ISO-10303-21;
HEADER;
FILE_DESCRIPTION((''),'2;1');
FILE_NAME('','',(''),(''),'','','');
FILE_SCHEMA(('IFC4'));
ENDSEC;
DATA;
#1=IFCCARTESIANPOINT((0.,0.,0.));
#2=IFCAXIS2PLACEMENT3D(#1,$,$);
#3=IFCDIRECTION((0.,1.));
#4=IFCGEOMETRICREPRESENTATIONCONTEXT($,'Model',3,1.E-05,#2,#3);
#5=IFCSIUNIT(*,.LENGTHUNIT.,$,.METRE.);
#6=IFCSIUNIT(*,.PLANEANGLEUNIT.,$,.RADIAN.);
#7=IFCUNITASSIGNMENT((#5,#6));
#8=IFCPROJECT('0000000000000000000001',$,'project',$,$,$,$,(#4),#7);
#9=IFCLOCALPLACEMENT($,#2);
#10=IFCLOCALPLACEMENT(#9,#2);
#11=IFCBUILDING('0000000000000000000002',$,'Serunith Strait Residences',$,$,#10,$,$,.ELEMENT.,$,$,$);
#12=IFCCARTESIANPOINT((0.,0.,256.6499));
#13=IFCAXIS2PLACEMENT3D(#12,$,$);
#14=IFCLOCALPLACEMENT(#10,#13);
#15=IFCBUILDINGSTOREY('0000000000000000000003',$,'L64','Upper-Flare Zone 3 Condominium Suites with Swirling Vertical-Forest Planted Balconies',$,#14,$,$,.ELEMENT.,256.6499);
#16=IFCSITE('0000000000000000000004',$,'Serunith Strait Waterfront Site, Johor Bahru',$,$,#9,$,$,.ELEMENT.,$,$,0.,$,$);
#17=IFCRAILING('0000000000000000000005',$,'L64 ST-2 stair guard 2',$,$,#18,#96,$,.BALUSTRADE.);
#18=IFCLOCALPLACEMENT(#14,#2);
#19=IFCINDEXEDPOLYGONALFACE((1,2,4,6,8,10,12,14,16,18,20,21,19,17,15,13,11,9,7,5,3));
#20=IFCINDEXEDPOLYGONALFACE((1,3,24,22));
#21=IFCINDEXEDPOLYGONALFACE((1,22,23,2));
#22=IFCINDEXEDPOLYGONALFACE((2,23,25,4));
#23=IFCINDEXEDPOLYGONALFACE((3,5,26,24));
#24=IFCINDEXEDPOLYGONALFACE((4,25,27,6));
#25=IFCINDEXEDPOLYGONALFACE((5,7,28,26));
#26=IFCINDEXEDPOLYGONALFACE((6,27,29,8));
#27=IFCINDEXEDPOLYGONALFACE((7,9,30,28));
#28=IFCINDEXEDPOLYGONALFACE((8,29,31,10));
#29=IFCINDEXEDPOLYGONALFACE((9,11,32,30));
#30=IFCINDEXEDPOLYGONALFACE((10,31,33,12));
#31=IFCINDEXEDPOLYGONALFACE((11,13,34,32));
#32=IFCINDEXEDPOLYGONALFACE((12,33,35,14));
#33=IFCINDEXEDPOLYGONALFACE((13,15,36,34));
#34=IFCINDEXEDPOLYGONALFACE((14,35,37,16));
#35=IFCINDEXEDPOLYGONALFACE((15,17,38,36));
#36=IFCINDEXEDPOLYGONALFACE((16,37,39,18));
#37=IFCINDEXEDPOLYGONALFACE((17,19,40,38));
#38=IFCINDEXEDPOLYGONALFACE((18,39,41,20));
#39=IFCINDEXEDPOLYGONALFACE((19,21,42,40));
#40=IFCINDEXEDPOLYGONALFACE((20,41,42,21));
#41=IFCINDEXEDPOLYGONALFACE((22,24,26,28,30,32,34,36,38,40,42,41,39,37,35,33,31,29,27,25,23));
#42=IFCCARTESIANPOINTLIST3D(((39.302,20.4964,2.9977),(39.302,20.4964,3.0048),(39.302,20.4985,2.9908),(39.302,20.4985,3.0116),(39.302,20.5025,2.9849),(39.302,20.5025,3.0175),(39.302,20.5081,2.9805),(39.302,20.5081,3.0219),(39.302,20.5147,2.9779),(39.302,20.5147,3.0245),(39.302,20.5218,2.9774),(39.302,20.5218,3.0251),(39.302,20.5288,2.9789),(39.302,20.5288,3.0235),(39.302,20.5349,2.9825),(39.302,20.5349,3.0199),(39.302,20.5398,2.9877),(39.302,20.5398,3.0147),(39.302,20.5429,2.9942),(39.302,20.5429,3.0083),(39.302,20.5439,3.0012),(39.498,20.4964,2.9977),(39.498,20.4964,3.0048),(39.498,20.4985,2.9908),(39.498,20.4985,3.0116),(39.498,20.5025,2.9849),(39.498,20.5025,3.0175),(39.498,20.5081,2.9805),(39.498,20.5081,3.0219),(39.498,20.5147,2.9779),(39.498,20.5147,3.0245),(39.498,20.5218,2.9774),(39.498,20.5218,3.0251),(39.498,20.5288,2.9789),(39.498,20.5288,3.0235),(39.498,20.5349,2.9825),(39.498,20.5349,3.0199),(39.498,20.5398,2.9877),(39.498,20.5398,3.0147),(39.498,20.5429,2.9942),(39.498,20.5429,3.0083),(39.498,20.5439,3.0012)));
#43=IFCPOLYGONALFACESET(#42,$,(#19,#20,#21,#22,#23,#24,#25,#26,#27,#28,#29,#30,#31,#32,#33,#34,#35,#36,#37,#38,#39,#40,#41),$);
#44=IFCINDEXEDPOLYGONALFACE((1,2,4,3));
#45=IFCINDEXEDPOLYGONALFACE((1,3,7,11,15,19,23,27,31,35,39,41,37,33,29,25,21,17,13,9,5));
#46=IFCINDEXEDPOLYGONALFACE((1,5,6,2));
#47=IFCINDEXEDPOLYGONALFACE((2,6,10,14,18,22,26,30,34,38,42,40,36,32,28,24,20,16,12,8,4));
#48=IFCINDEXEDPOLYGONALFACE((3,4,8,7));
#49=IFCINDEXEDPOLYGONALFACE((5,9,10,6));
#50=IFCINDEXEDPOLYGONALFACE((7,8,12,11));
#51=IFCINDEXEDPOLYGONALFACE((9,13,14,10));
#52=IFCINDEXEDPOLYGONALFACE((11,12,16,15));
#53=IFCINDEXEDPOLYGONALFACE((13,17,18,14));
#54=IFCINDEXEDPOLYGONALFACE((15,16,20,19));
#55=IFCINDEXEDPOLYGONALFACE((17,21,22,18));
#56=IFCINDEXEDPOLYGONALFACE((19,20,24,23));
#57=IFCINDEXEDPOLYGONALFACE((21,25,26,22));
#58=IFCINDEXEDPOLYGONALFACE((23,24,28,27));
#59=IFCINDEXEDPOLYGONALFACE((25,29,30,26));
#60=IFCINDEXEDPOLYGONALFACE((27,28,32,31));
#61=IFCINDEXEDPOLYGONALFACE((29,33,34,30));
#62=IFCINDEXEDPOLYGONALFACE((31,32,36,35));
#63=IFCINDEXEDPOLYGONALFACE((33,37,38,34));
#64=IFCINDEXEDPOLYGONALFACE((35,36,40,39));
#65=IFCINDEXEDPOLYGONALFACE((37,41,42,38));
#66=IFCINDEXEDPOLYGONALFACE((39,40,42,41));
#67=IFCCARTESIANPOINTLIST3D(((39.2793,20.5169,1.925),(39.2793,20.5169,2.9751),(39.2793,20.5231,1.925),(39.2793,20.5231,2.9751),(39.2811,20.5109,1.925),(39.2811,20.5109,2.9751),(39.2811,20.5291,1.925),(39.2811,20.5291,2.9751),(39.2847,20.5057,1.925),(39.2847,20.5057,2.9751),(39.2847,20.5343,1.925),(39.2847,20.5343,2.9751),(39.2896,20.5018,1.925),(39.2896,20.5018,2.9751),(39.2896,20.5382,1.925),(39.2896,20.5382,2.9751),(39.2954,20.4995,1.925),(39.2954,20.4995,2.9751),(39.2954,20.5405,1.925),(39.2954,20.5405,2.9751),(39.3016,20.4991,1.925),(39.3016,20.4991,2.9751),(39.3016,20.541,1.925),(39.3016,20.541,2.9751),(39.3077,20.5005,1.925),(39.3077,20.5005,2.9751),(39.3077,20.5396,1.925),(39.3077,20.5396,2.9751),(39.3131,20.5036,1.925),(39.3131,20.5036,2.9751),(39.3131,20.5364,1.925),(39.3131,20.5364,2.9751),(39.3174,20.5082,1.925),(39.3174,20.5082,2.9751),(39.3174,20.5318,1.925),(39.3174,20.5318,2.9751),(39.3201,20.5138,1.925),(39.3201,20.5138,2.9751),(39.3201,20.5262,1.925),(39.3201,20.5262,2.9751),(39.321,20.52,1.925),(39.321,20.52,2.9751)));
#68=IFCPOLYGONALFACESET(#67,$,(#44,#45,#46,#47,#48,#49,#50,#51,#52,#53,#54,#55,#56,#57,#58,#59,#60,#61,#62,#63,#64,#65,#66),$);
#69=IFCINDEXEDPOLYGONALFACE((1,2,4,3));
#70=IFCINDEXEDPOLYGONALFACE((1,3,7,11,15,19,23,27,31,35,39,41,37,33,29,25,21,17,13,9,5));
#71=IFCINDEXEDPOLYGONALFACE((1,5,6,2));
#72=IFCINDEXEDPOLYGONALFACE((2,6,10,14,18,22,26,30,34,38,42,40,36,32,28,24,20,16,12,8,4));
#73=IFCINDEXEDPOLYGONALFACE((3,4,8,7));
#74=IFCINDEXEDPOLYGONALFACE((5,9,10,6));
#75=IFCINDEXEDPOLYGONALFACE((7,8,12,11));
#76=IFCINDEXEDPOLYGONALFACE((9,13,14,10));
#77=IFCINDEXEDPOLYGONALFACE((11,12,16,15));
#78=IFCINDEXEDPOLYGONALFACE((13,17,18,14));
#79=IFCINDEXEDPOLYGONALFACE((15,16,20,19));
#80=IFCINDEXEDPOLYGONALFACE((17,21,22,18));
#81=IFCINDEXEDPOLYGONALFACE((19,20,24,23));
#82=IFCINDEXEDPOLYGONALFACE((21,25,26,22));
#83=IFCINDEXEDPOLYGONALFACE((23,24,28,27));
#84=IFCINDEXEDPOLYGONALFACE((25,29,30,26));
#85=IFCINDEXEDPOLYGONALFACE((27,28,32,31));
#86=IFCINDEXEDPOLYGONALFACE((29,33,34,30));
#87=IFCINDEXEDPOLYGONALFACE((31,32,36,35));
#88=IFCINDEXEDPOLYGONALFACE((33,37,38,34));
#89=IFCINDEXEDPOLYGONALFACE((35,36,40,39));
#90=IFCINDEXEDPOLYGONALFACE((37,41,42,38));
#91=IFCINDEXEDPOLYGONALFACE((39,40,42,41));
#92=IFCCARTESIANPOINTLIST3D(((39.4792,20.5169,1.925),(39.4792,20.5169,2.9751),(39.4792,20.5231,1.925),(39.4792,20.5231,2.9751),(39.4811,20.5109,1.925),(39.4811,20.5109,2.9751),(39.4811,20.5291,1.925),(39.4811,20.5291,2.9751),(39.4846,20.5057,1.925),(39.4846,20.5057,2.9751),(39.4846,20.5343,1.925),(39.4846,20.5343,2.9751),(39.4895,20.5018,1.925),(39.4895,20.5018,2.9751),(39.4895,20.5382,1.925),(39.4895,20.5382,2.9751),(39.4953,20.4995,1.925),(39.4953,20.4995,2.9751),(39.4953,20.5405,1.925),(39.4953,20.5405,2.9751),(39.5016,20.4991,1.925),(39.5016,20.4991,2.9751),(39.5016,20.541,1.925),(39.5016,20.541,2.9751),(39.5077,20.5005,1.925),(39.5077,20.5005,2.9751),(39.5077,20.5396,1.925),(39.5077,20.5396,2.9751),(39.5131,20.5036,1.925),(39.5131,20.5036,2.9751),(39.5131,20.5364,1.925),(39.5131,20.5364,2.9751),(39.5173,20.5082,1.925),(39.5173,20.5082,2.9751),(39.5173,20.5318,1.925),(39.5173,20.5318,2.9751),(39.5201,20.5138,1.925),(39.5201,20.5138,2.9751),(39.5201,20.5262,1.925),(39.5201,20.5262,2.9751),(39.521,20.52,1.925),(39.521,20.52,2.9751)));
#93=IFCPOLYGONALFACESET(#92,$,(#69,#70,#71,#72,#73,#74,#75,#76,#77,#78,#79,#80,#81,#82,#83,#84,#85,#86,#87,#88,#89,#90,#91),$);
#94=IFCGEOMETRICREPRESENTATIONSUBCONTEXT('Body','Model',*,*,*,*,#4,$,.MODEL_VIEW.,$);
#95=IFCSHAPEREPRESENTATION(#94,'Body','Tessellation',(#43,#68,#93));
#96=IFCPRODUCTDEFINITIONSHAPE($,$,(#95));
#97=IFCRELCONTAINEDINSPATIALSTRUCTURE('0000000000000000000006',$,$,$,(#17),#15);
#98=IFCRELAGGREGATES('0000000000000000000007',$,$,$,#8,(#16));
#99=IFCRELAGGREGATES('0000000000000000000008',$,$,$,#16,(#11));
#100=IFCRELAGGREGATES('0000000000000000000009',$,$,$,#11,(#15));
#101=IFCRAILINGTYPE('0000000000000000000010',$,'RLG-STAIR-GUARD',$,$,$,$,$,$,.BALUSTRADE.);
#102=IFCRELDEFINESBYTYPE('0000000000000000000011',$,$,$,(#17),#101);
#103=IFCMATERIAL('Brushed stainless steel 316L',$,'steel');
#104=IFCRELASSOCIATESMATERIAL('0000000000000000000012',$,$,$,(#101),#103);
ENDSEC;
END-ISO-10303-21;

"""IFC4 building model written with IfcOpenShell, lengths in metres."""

from ifc_helpers import new_model, si_unit, direction, frame, origin, origin_2d, place, context, subcontext, project, spatial, circle, extrude, material, type_object, element, save


model = new_model("IFC4")

# Units and contexts
model_context = context("Model", 3, precision=1e-05, world=origin(), true_north=direction((0.0, 1.0)))
body_context = subcontext(model_context, "Body", "Model", "MODEL_VIEW")
ifc_project = project(units=[si_unit("LENGTHUNIT", "METRE"), si_unit("PLANEANGLEUNIT", "RADIAN")], contexts=[model_context])

# Site, building, storey
site_placement = place(None, origin())
site = spatial("IfcSite", under=ifc_project, at=site_placement, Name="Serunith Strait Waterfront Site, Johor Bahru", CompositionType="ELEMENT", RefElevation=0.0)
building_placement = place(site_placement, origin())
building = spatial("IfcBuilding", under=site, at=building_placement, Name="Serunith Strait Residences", CompositionType="ELEMENT")
storey_placement = place(building_placement, frame((0.0, 0.0, 256.6499)))
storey = spatial("IfcBuildingStorey", under=building, at=storey_placement, Name="L64", Description="Upper-Flare Zone 3 Condominium Suites with Swirling Vertical-Forest Planted Balconies", CompositionType="ELEMENT", Elevation=256.6499)

# Railing
ifc_material_1 = material(Name="Brushed stainless steel 316L", Category="steel")
railing_type_1 = type_object("IfcRailingType", Name="RLG-STAIR-GUARD", PredefinedType="BALUSTRADE", material=ifc_material_1)
railing_1_placement = place(storey_placement, frame((39.3, 20.52, 1.925)))
element("IfcRailing", 1, at=railing_1_placement, inside=storey, type_object=railing_type_1, Name="L64 ST-2 stair guard 2", PredefinedType="BALUSTRADE", context=body_context, shape_type="SweptSolid", body=[
    extrude(circle(Radius=0.0239, at=origin_2d()), frame((0.002, 0.0, 1.0762), z_axis=(1.0, 0.0, 0.0), x_axis=(0.0, 1.0, 0.0)), (0.0, 0.0, 1.0), 0.196),
    extrude(circle(Radius=0.021, at=origin_2d()), origin(), (0.0, 0.0, 1.0), 1.05),
    extrude(circle(Radius=0.021, at=origin_2d()), frame((0.2, 0.0, 0.0)), (0.0, 0.0, 1.0), 1.05),
])

save(model, "model.ifc")
